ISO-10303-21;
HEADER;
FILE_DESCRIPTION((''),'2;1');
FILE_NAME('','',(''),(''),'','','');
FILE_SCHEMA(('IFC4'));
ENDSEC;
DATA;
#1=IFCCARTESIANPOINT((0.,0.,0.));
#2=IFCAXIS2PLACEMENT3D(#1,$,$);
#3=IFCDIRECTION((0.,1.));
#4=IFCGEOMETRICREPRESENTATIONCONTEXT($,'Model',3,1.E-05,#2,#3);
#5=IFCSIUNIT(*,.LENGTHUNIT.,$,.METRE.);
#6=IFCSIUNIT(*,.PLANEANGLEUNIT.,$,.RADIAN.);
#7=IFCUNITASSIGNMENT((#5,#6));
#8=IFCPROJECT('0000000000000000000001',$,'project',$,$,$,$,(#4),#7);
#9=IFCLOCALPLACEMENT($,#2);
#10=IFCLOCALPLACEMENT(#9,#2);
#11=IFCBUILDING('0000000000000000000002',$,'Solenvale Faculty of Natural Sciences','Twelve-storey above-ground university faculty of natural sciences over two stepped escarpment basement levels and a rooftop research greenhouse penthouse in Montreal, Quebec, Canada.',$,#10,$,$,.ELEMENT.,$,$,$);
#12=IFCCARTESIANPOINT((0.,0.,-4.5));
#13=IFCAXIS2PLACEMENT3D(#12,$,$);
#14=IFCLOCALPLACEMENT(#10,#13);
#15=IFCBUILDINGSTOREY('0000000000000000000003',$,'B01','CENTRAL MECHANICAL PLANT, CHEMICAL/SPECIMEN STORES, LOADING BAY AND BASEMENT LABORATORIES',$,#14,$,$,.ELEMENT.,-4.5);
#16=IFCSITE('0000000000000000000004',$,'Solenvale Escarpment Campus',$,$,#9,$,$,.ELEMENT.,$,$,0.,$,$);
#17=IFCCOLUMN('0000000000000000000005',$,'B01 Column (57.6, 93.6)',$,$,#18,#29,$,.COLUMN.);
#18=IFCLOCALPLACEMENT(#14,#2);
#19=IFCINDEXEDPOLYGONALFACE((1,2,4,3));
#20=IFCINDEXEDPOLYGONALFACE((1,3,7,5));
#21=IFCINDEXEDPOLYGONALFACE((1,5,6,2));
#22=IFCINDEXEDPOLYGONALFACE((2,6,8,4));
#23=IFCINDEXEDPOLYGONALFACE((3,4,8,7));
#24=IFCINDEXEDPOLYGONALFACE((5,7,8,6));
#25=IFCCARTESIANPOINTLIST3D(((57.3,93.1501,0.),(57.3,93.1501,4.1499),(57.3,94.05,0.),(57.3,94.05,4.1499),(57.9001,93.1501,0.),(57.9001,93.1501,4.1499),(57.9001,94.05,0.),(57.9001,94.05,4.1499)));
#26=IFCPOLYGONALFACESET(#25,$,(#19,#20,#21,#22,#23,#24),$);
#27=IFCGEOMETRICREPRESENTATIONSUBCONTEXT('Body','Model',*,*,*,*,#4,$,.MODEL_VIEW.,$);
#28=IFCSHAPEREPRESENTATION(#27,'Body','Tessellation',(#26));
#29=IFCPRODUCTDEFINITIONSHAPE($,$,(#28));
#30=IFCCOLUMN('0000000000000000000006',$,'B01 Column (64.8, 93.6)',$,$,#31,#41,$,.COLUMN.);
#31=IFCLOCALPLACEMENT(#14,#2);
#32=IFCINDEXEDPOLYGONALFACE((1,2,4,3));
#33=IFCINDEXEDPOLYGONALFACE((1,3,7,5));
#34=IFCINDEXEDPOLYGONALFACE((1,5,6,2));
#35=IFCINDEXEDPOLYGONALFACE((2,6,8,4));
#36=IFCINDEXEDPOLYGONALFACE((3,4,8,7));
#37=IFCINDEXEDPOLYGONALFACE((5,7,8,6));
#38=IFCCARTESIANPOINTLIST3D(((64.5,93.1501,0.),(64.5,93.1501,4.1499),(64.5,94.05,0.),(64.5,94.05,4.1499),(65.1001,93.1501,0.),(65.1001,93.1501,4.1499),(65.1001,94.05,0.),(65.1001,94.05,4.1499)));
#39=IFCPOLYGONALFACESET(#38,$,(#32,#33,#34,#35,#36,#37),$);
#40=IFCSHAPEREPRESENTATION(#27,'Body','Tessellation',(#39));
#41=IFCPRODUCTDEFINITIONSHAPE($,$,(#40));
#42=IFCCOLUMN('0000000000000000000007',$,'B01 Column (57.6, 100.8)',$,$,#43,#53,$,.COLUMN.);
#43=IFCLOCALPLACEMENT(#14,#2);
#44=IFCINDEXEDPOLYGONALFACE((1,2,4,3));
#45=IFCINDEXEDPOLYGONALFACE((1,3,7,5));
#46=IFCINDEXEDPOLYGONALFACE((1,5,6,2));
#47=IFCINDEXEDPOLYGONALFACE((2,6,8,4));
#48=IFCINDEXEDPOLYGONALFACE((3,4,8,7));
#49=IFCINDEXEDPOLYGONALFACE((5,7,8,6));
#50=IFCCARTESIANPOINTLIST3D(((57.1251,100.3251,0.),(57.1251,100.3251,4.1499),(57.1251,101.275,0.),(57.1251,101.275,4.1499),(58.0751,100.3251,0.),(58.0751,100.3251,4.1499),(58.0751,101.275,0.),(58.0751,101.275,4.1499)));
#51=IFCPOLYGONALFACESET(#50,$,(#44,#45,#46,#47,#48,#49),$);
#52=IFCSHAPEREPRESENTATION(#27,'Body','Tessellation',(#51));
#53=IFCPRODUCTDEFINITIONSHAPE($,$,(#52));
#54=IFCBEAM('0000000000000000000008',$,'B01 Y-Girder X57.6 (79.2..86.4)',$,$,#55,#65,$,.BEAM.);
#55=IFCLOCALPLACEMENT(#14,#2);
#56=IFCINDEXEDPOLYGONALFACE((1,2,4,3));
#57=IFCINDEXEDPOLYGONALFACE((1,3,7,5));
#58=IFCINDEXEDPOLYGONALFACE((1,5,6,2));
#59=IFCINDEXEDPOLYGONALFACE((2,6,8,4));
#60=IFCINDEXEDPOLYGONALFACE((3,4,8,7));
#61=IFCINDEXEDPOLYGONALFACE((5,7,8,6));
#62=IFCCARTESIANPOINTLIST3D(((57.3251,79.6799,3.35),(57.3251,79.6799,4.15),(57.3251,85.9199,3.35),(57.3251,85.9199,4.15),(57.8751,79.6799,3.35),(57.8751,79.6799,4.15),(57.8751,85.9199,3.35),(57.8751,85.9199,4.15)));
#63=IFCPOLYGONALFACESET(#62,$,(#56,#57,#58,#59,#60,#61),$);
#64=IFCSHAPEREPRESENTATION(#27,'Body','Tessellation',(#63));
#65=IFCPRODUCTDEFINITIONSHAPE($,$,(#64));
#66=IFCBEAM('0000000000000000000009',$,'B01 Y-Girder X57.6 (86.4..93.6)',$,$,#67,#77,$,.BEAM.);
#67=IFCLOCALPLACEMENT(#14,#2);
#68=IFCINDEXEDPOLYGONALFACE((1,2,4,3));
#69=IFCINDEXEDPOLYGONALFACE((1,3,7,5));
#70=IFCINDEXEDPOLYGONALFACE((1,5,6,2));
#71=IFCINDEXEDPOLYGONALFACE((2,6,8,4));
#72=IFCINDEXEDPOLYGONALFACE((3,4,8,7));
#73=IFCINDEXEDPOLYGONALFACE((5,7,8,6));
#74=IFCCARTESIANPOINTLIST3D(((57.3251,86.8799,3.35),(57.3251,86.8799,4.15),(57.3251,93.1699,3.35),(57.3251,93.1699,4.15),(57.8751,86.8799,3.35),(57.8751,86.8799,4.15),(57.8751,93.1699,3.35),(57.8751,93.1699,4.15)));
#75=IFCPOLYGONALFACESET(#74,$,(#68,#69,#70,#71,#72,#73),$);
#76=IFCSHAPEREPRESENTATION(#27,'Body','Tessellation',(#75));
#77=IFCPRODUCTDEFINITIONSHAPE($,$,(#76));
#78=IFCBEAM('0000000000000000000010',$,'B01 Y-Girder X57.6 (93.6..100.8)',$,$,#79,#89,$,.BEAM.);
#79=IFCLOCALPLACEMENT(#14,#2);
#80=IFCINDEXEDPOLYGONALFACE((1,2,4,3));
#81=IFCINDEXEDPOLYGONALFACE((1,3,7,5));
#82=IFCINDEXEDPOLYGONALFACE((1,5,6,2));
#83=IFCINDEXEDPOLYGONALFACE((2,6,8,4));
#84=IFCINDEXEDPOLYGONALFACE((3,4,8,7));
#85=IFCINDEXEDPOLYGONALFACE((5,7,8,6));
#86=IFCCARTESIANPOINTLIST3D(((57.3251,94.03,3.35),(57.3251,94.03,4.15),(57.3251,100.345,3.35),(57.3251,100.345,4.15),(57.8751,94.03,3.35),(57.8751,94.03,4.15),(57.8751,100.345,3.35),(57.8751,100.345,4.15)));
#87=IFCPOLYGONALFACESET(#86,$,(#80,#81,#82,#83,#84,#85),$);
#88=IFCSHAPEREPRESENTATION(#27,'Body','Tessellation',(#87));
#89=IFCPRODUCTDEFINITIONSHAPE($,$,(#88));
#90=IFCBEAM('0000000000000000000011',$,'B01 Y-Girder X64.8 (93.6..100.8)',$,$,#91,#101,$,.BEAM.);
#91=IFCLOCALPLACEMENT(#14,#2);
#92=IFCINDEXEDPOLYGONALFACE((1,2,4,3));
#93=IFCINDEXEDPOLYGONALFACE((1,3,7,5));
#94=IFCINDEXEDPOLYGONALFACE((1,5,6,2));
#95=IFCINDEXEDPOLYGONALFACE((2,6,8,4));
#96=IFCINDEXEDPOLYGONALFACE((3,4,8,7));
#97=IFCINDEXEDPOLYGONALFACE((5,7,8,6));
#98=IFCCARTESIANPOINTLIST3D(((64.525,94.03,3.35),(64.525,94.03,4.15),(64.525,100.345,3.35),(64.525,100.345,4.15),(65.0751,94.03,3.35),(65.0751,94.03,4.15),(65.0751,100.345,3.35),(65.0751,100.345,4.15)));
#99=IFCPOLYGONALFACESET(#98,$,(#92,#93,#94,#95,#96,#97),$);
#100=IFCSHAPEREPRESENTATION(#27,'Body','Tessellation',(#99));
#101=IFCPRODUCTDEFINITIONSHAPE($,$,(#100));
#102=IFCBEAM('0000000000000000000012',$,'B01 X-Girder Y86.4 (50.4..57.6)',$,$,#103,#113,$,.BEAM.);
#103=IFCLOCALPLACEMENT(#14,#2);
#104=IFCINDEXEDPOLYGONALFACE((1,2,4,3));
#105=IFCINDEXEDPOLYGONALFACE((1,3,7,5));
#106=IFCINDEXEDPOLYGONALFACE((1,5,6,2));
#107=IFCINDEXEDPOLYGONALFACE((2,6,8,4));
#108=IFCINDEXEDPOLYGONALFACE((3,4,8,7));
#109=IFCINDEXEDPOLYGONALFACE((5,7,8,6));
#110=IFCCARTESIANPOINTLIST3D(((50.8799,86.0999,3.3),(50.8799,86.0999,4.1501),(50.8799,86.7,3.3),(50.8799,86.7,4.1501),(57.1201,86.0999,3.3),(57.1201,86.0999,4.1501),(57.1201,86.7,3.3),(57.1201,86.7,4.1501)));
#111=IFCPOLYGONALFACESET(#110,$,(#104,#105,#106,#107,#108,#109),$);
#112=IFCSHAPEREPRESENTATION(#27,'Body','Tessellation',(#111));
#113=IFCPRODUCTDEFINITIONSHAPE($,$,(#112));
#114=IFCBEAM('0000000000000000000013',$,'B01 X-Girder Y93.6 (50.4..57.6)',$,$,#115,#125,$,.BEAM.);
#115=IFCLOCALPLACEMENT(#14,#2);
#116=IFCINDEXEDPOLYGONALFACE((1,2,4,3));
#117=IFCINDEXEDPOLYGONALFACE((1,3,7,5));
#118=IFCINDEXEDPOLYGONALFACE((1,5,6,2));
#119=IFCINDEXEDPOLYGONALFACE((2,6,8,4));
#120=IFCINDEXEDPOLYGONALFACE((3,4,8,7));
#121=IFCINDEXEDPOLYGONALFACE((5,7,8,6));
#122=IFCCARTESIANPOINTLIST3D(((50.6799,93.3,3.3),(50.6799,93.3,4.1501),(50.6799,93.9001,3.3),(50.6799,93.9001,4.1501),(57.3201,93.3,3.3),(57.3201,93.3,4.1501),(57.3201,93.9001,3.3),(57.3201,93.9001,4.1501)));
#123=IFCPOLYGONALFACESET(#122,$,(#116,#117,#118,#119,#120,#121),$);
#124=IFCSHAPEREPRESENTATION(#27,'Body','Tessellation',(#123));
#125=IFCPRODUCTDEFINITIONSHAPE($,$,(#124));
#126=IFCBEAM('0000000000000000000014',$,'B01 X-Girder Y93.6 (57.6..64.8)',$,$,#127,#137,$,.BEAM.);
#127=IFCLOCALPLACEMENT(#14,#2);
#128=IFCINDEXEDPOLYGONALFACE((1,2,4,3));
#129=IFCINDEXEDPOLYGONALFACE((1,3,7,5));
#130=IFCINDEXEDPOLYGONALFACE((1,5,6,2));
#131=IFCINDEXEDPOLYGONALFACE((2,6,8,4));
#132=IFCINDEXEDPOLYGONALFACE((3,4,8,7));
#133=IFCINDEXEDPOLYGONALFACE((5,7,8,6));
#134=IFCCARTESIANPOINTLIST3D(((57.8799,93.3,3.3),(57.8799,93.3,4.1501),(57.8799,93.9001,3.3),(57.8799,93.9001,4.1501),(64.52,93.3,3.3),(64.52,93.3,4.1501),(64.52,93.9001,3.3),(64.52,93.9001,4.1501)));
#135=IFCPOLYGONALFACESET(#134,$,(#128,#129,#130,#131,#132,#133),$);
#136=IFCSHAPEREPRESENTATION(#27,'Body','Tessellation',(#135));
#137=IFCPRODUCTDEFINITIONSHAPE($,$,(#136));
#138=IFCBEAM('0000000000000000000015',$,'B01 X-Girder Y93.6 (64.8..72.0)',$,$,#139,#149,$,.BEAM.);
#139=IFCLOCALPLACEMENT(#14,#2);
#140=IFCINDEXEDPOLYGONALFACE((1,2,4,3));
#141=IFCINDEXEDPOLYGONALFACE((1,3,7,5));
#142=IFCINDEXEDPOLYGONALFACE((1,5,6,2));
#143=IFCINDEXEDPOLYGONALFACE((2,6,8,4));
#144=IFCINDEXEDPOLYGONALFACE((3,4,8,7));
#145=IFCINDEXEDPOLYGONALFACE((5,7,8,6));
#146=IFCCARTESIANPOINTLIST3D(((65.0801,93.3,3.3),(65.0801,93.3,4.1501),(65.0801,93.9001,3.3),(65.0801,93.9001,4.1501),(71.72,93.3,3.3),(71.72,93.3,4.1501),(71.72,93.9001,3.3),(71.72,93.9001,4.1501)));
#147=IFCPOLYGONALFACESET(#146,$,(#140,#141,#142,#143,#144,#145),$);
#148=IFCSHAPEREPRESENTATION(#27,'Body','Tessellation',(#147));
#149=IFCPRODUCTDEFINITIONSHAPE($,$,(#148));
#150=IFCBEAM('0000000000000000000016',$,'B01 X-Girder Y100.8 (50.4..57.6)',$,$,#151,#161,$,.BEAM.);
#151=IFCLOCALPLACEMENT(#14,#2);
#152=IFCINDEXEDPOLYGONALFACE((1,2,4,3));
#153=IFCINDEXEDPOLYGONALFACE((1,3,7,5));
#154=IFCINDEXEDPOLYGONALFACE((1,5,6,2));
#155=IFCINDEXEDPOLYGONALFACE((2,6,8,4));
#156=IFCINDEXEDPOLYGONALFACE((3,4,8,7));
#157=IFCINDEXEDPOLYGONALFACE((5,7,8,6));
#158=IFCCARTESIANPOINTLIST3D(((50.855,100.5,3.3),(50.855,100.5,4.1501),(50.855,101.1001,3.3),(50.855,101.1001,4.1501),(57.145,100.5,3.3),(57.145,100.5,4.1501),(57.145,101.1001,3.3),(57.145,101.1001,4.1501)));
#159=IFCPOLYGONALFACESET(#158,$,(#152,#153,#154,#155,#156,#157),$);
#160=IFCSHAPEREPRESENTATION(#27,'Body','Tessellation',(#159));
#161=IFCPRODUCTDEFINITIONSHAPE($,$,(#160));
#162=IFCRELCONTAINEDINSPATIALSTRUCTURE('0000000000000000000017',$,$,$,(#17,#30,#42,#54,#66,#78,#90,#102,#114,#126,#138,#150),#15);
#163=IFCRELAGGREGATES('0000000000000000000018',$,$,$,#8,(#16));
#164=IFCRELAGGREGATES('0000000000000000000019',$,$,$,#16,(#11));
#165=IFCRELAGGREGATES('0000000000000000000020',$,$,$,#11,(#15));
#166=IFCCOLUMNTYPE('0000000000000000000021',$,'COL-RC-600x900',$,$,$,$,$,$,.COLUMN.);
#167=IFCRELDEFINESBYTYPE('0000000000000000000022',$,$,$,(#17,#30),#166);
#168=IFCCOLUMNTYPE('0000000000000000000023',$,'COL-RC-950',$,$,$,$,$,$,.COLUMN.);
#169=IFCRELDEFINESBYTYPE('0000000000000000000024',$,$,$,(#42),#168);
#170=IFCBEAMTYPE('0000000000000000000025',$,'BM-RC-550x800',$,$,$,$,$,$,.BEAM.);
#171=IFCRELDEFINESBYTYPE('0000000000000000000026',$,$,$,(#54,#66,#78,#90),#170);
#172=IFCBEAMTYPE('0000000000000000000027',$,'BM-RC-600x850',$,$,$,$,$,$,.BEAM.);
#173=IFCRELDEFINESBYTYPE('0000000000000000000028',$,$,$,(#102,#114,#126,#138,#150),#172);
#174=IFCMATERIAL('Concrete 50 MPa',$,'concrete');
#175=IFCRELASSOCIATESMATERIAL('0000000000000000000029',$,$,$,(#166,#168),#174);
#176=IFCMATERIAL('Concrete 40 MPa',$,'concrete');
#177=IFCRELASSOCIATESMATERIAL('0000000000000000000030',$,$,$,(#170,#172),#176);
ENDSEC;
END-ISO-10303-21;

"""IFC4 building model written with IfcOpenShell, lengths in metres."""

from ifc_helpers import new_model, si_unit, direction, frame, origin, origin_2d, place, context, subcontext, project, spatial, rectangle, extrude, material, material_profile, profile_set, type_object, element, save


model = new_model("IFC4")

# Units and contexts
model_context = context("Model", 3, precision=1e-05, world=origin(), true_north=direction((0.0, 1.0)))
body_context = subcontext(model_context, "Body", "Model", "MODEL_VIEW")
ifc_project = project(units=[si_unit("LENGTHUNIT", "METRE"), si_unit("PLANEANGLEUNIT", "RADIAN")], contexts=[model_context])

# Site, building, storey
site_placement = place(None, origin())
site = spatial("IfcSite", under=ifc_project, at=site_placement, Name="Solenvale Escarpment Campus", CompositionType="ELEMENT", RefElevation=0.0)
building_placement = place(site_placement, origin())
building = spatial("IfcBuilding", under=site, at=building_placement, Name="Solenvale Faculty of Natural Sciences", Description="Twelve-storey above-ground university faculty of natural sciences over two stepped escarpment basement levels and a rooftop research greenhouse penthouse in Montreal, Quebec, Canada.", CompositionType="ELEMENT")
storey_placement = place(building_placement, frame((0.0, 0.0, -4.5)))
storey = spatial("IfcBuildingStorey", under=building, at=storey_placement, Name="B01", Description="CENTRAL MECHANICAL PLANT, CHEMICAL/SPECIMEN STORES, LOADING BAY AND BASEMENT LABORATORIES", CompositionType="ELEMENT", Elevation=-4.5)

# Shared definitions
ifc_material_1 = material(Name="Concrete 40 MPa", Category="concrete")

# Columns
ifc_material_2 = material(Name="Concrete 50 MPa", Category="concrete")
ifc_material_profile_1 = material_profile(ifc_material_2, rectangle(XDim=0.6001, YDim=0.8999, at=origin_2d()), Name="RC-COL-600x900")
ifc_profile_set_1 = profile_set([ifc_material_profile_1], Name="Concrete 50 MPa")
column_type_1 = type_object("IfcColumnType", Name="COL-RC-600x900", PredefinedType="COLUMN", material=ifc_profile_set_1)
for number, where, z_axis, x_axis, name in (
    (1, (57.6001, 93.6001, 0.0), (0.0, 0.0, 1.0), (1.0, 0.0, 0.0), "B01 Column (57.6, 93.6)"),
    (2, (64.8, 93.6001, 0.0), (0.0, 0.0, 1.0), (1.0, 0.0, 0.0), "B01 Column (64.8, 93.6)"),
):
    element("IfcColumn", number, at=place(storey_placement, frame(where, z_axis=z_axis, x_axis=x_axis)), inside=storey, type_object=column_type_1, Name=name, PredefinedType="COLUMN", context=body_context, shape_type="SweptSolid", body=[
        extrude(rectangle(XDim=0.6001, YDim=0.8999, at=origin_2d()), origin(), (0.0, 0.0, 1.0), 4.1499),
    ])
ifc_material_profile_2 = material_profile(ifc_material_2, rectangle(XDim=0.95, YDim=0.95, at=origin_2d()), Name="RC-COL-950x950")
ifc_profile_set_2 = profile_set([ifc_material_profile_2], Name="Concrete 50 MPa")
column_type_2 = type_object("IfcColumnType", Name="COL-RC-950", PredefinedType="COLUMN", material=ifc_profile_set_2)
column_1_placement = place(storey_placement, frame((57.6001, 100.8, 0.0), z_axis=(0.0, 0.0, 1.0), x_axis=(1.0, 0.0, 0.0)))
element("IfcColumn", 3, at=column_1_placement, inside=storey, type_object=column_type_2, Name="B01 Column (57.6, 100.8)", PredefinedType="COLUMN", context=body_context, shape_type="SweptSolid", body=[
    extrude(rectangle(XDim=0.95, YDim=0.95, at=origin_2d()), origin(), (0.0, 0.0, 1.0), 4.1499),
])

# Beams
ifc_material_profile_3 = material_profile(ifc_material_1, rectangle(XDim=0.55, YDim=0.8, at=origin_2d()), Name="RC-BM-550x800")
ifc_profile_set_3 = profile_set([ifc_material_profile_3], Name="Concrete 40 MPa")
beam_type_1 = type_object("IfcBeamType", Name="BM-RC-550x800", PredefinedType="BEAM", material=ifc_profile_set_3)
beam_1_placement = place(storey_placement, frame((57.6001, 79.6799, 3.75), z_axis=(0.0, 1.0, 0.0), x_axis=(-1.0, 0.0, 0.0)))
element("IfcBeam", 4, at=beam_1_placement, inside=storey, type_object=beam_type_1, Name="B01 Y-Girder X57.6 (79.2..86.4)", PredefinedType="BEAM", context=body_context, shape_type="SweptSolid", body=[
    extrude(rectangle(XDim=0.55, YDim=0.8, at=origin_2d()), origin(), (0.0, 0.0, 1.0), 6.24),
])
beam_2_placement = place(storey_placement, frame((57.6001, 86.8799, 3.75), z_axis=(0.0, 1.0, 0.0), x_axis=(-1.0, 0.0, 0.0)))
element("IfcBeam", 5, at=beam_2_placement, inside=storey, type_object=beam_type_1, Name="B01 Y-Girder X57.6 (86.4..93.6)", PredefinedType="BEAM", context=body_context, shape_type="SweptSolid", body=[
    extrude(rectangle(XDim=0.55, YDim=0.8, at=origin_2d()), origin(), (0.0, 0.0, 1.0), 6.29),
])
for number, where, z_axis, x_axis, name in (
    (6, (57.6001, 94.03, 3.75), (0.0, 1.0, 0.0), (-1.0, 0.0, 0.0), "B01 Y-Girder X57.6 (93.6..100.8)"),
    (7, (64.8, 94.03, 3.75), (0.0, 1.0, 0.0), (-1.0, 0.0, 0.0), "B01 Y-Girder X64.8 (93.6..100.8)"),
):
    element("IfcBeam", number, at=place(storey_placement, frame(where, z_axis=z_axis, x_axis=x_axis)), inside=storey, type_object=beam_type_1, Name=name, PredefinedType="BEAM", context=body_context, shape_type="SweptSolid", body=[
        extrude(rectangle(XDim=0.55, YDim=0.8, at=origin_2d()), origin(), (0.0, 0.0, 1.0), 6.3149),
    ])
ifc_material_profile_4 = material_profile(ifc_material_1, rectangle(XDim=0.6001, YDim=0.8501, at=origin_2d()), Name="RC-BM-600x850")
ifc_profile_set_4 = profile_set([ifc_material_profile_4], Name="Concrete 40 MPa")
beam_type_2 = type_object("IfcBeamType", Name="BM-RC-600x850", PredefinedType="BEAM", material=ifc_profile_set_4)
beam_3_placement = place(storey_placement, frame((50.8799, 86.3999, 3.7251), z_axis=(1.0, 0.0, 0.0), x_axis=(0.0, 1.0, 0.0)))
element("IfcBeam", 8, at=beam_3_placement, inside=storey, type_object=beam_type_2, Name="B01 X-Girder Y86.4 (50.4..57.6)", PredefinedType="BEAM", context=body_context, shape_type="SweptSolid", body=[
    extrude(rectangle(XDim=0.6001, YDim=0.8501, at=origin_2d()), origin(), (0.0, 0.0, 1.0), 6.2402),
])
for number, where, z_axis, x_axis, name in (
    (9, (50.6799, 93.6001, 3.7251), (1.0, 0.0, 0.0), (0.0, 1.0, 0.0), "B01 X-Girder Y93.6 (50.4..57.6)"),
    (10, (57.8799, 93.6001, 3.7251), (1.0, 0.0, 0.0), (0.0, 1.0, 0.0), "B01 X-Girder Y93.6 (57.6..64.8)"),
):
    element("IfcBeam", number, at=place(storey_placement, frame(where, z_axis=z_axis, x_axis=x_axis)), inside=storey, type_object=beam_type_2, Name=name, PredefinedType="BEAM", context=body_context, shape_type="SweptSolid", body=[
        extrude(rectangle(XDim=0.6001, YDim=0.8501, at=origin_2d()), origin(), (0.0, 0.0, 1.0), 6.6401),
    ])
beam_4_placement = place(storey_placement, frame((65.0801, 93.6001, 3.7251), z_axis=(1.0, 0.0, 0.0), x_axis=(0.0, 1.0, 0.0)))
element("IfcBeam", 11, at=beam_4_placement, inside=storey, type_object=beam_type_2, Name="B01 X-Girder Y93.6 (64.8..72.0)", PredefinedType="BEAM", context=body_context, shape_type="SweptSolid", body=[
    extrude(rectangle(XDim=0.6001, YDim=0.8501, at=origin_2d()), origin(), (0.0, 0.0, 1.0), 6.6399),
])
beam_5_placement = place(storey_placement, frame((50.855, 100.8, 3.7251), z_axis=(1.0, 0.0, 0.0), x_axis=(0.0, 1.0, 0.0)))
element("IfcBeam", 12, at=beam_5_placement, inside=storey, type_object=beam_type_2, Name="B01 X-Girder Y100.8 (50.4..57.6)", PredefinedType="BEAM", context=body_context, shape_type="SweptSolid", body=[
    extrude(rectangle(XDim=0.6001, YDim=0.8501, at=origin_2d()), origin(), (0.0, 0.0, 1.0), 6.29),
])

save(model, "model.ifc")
